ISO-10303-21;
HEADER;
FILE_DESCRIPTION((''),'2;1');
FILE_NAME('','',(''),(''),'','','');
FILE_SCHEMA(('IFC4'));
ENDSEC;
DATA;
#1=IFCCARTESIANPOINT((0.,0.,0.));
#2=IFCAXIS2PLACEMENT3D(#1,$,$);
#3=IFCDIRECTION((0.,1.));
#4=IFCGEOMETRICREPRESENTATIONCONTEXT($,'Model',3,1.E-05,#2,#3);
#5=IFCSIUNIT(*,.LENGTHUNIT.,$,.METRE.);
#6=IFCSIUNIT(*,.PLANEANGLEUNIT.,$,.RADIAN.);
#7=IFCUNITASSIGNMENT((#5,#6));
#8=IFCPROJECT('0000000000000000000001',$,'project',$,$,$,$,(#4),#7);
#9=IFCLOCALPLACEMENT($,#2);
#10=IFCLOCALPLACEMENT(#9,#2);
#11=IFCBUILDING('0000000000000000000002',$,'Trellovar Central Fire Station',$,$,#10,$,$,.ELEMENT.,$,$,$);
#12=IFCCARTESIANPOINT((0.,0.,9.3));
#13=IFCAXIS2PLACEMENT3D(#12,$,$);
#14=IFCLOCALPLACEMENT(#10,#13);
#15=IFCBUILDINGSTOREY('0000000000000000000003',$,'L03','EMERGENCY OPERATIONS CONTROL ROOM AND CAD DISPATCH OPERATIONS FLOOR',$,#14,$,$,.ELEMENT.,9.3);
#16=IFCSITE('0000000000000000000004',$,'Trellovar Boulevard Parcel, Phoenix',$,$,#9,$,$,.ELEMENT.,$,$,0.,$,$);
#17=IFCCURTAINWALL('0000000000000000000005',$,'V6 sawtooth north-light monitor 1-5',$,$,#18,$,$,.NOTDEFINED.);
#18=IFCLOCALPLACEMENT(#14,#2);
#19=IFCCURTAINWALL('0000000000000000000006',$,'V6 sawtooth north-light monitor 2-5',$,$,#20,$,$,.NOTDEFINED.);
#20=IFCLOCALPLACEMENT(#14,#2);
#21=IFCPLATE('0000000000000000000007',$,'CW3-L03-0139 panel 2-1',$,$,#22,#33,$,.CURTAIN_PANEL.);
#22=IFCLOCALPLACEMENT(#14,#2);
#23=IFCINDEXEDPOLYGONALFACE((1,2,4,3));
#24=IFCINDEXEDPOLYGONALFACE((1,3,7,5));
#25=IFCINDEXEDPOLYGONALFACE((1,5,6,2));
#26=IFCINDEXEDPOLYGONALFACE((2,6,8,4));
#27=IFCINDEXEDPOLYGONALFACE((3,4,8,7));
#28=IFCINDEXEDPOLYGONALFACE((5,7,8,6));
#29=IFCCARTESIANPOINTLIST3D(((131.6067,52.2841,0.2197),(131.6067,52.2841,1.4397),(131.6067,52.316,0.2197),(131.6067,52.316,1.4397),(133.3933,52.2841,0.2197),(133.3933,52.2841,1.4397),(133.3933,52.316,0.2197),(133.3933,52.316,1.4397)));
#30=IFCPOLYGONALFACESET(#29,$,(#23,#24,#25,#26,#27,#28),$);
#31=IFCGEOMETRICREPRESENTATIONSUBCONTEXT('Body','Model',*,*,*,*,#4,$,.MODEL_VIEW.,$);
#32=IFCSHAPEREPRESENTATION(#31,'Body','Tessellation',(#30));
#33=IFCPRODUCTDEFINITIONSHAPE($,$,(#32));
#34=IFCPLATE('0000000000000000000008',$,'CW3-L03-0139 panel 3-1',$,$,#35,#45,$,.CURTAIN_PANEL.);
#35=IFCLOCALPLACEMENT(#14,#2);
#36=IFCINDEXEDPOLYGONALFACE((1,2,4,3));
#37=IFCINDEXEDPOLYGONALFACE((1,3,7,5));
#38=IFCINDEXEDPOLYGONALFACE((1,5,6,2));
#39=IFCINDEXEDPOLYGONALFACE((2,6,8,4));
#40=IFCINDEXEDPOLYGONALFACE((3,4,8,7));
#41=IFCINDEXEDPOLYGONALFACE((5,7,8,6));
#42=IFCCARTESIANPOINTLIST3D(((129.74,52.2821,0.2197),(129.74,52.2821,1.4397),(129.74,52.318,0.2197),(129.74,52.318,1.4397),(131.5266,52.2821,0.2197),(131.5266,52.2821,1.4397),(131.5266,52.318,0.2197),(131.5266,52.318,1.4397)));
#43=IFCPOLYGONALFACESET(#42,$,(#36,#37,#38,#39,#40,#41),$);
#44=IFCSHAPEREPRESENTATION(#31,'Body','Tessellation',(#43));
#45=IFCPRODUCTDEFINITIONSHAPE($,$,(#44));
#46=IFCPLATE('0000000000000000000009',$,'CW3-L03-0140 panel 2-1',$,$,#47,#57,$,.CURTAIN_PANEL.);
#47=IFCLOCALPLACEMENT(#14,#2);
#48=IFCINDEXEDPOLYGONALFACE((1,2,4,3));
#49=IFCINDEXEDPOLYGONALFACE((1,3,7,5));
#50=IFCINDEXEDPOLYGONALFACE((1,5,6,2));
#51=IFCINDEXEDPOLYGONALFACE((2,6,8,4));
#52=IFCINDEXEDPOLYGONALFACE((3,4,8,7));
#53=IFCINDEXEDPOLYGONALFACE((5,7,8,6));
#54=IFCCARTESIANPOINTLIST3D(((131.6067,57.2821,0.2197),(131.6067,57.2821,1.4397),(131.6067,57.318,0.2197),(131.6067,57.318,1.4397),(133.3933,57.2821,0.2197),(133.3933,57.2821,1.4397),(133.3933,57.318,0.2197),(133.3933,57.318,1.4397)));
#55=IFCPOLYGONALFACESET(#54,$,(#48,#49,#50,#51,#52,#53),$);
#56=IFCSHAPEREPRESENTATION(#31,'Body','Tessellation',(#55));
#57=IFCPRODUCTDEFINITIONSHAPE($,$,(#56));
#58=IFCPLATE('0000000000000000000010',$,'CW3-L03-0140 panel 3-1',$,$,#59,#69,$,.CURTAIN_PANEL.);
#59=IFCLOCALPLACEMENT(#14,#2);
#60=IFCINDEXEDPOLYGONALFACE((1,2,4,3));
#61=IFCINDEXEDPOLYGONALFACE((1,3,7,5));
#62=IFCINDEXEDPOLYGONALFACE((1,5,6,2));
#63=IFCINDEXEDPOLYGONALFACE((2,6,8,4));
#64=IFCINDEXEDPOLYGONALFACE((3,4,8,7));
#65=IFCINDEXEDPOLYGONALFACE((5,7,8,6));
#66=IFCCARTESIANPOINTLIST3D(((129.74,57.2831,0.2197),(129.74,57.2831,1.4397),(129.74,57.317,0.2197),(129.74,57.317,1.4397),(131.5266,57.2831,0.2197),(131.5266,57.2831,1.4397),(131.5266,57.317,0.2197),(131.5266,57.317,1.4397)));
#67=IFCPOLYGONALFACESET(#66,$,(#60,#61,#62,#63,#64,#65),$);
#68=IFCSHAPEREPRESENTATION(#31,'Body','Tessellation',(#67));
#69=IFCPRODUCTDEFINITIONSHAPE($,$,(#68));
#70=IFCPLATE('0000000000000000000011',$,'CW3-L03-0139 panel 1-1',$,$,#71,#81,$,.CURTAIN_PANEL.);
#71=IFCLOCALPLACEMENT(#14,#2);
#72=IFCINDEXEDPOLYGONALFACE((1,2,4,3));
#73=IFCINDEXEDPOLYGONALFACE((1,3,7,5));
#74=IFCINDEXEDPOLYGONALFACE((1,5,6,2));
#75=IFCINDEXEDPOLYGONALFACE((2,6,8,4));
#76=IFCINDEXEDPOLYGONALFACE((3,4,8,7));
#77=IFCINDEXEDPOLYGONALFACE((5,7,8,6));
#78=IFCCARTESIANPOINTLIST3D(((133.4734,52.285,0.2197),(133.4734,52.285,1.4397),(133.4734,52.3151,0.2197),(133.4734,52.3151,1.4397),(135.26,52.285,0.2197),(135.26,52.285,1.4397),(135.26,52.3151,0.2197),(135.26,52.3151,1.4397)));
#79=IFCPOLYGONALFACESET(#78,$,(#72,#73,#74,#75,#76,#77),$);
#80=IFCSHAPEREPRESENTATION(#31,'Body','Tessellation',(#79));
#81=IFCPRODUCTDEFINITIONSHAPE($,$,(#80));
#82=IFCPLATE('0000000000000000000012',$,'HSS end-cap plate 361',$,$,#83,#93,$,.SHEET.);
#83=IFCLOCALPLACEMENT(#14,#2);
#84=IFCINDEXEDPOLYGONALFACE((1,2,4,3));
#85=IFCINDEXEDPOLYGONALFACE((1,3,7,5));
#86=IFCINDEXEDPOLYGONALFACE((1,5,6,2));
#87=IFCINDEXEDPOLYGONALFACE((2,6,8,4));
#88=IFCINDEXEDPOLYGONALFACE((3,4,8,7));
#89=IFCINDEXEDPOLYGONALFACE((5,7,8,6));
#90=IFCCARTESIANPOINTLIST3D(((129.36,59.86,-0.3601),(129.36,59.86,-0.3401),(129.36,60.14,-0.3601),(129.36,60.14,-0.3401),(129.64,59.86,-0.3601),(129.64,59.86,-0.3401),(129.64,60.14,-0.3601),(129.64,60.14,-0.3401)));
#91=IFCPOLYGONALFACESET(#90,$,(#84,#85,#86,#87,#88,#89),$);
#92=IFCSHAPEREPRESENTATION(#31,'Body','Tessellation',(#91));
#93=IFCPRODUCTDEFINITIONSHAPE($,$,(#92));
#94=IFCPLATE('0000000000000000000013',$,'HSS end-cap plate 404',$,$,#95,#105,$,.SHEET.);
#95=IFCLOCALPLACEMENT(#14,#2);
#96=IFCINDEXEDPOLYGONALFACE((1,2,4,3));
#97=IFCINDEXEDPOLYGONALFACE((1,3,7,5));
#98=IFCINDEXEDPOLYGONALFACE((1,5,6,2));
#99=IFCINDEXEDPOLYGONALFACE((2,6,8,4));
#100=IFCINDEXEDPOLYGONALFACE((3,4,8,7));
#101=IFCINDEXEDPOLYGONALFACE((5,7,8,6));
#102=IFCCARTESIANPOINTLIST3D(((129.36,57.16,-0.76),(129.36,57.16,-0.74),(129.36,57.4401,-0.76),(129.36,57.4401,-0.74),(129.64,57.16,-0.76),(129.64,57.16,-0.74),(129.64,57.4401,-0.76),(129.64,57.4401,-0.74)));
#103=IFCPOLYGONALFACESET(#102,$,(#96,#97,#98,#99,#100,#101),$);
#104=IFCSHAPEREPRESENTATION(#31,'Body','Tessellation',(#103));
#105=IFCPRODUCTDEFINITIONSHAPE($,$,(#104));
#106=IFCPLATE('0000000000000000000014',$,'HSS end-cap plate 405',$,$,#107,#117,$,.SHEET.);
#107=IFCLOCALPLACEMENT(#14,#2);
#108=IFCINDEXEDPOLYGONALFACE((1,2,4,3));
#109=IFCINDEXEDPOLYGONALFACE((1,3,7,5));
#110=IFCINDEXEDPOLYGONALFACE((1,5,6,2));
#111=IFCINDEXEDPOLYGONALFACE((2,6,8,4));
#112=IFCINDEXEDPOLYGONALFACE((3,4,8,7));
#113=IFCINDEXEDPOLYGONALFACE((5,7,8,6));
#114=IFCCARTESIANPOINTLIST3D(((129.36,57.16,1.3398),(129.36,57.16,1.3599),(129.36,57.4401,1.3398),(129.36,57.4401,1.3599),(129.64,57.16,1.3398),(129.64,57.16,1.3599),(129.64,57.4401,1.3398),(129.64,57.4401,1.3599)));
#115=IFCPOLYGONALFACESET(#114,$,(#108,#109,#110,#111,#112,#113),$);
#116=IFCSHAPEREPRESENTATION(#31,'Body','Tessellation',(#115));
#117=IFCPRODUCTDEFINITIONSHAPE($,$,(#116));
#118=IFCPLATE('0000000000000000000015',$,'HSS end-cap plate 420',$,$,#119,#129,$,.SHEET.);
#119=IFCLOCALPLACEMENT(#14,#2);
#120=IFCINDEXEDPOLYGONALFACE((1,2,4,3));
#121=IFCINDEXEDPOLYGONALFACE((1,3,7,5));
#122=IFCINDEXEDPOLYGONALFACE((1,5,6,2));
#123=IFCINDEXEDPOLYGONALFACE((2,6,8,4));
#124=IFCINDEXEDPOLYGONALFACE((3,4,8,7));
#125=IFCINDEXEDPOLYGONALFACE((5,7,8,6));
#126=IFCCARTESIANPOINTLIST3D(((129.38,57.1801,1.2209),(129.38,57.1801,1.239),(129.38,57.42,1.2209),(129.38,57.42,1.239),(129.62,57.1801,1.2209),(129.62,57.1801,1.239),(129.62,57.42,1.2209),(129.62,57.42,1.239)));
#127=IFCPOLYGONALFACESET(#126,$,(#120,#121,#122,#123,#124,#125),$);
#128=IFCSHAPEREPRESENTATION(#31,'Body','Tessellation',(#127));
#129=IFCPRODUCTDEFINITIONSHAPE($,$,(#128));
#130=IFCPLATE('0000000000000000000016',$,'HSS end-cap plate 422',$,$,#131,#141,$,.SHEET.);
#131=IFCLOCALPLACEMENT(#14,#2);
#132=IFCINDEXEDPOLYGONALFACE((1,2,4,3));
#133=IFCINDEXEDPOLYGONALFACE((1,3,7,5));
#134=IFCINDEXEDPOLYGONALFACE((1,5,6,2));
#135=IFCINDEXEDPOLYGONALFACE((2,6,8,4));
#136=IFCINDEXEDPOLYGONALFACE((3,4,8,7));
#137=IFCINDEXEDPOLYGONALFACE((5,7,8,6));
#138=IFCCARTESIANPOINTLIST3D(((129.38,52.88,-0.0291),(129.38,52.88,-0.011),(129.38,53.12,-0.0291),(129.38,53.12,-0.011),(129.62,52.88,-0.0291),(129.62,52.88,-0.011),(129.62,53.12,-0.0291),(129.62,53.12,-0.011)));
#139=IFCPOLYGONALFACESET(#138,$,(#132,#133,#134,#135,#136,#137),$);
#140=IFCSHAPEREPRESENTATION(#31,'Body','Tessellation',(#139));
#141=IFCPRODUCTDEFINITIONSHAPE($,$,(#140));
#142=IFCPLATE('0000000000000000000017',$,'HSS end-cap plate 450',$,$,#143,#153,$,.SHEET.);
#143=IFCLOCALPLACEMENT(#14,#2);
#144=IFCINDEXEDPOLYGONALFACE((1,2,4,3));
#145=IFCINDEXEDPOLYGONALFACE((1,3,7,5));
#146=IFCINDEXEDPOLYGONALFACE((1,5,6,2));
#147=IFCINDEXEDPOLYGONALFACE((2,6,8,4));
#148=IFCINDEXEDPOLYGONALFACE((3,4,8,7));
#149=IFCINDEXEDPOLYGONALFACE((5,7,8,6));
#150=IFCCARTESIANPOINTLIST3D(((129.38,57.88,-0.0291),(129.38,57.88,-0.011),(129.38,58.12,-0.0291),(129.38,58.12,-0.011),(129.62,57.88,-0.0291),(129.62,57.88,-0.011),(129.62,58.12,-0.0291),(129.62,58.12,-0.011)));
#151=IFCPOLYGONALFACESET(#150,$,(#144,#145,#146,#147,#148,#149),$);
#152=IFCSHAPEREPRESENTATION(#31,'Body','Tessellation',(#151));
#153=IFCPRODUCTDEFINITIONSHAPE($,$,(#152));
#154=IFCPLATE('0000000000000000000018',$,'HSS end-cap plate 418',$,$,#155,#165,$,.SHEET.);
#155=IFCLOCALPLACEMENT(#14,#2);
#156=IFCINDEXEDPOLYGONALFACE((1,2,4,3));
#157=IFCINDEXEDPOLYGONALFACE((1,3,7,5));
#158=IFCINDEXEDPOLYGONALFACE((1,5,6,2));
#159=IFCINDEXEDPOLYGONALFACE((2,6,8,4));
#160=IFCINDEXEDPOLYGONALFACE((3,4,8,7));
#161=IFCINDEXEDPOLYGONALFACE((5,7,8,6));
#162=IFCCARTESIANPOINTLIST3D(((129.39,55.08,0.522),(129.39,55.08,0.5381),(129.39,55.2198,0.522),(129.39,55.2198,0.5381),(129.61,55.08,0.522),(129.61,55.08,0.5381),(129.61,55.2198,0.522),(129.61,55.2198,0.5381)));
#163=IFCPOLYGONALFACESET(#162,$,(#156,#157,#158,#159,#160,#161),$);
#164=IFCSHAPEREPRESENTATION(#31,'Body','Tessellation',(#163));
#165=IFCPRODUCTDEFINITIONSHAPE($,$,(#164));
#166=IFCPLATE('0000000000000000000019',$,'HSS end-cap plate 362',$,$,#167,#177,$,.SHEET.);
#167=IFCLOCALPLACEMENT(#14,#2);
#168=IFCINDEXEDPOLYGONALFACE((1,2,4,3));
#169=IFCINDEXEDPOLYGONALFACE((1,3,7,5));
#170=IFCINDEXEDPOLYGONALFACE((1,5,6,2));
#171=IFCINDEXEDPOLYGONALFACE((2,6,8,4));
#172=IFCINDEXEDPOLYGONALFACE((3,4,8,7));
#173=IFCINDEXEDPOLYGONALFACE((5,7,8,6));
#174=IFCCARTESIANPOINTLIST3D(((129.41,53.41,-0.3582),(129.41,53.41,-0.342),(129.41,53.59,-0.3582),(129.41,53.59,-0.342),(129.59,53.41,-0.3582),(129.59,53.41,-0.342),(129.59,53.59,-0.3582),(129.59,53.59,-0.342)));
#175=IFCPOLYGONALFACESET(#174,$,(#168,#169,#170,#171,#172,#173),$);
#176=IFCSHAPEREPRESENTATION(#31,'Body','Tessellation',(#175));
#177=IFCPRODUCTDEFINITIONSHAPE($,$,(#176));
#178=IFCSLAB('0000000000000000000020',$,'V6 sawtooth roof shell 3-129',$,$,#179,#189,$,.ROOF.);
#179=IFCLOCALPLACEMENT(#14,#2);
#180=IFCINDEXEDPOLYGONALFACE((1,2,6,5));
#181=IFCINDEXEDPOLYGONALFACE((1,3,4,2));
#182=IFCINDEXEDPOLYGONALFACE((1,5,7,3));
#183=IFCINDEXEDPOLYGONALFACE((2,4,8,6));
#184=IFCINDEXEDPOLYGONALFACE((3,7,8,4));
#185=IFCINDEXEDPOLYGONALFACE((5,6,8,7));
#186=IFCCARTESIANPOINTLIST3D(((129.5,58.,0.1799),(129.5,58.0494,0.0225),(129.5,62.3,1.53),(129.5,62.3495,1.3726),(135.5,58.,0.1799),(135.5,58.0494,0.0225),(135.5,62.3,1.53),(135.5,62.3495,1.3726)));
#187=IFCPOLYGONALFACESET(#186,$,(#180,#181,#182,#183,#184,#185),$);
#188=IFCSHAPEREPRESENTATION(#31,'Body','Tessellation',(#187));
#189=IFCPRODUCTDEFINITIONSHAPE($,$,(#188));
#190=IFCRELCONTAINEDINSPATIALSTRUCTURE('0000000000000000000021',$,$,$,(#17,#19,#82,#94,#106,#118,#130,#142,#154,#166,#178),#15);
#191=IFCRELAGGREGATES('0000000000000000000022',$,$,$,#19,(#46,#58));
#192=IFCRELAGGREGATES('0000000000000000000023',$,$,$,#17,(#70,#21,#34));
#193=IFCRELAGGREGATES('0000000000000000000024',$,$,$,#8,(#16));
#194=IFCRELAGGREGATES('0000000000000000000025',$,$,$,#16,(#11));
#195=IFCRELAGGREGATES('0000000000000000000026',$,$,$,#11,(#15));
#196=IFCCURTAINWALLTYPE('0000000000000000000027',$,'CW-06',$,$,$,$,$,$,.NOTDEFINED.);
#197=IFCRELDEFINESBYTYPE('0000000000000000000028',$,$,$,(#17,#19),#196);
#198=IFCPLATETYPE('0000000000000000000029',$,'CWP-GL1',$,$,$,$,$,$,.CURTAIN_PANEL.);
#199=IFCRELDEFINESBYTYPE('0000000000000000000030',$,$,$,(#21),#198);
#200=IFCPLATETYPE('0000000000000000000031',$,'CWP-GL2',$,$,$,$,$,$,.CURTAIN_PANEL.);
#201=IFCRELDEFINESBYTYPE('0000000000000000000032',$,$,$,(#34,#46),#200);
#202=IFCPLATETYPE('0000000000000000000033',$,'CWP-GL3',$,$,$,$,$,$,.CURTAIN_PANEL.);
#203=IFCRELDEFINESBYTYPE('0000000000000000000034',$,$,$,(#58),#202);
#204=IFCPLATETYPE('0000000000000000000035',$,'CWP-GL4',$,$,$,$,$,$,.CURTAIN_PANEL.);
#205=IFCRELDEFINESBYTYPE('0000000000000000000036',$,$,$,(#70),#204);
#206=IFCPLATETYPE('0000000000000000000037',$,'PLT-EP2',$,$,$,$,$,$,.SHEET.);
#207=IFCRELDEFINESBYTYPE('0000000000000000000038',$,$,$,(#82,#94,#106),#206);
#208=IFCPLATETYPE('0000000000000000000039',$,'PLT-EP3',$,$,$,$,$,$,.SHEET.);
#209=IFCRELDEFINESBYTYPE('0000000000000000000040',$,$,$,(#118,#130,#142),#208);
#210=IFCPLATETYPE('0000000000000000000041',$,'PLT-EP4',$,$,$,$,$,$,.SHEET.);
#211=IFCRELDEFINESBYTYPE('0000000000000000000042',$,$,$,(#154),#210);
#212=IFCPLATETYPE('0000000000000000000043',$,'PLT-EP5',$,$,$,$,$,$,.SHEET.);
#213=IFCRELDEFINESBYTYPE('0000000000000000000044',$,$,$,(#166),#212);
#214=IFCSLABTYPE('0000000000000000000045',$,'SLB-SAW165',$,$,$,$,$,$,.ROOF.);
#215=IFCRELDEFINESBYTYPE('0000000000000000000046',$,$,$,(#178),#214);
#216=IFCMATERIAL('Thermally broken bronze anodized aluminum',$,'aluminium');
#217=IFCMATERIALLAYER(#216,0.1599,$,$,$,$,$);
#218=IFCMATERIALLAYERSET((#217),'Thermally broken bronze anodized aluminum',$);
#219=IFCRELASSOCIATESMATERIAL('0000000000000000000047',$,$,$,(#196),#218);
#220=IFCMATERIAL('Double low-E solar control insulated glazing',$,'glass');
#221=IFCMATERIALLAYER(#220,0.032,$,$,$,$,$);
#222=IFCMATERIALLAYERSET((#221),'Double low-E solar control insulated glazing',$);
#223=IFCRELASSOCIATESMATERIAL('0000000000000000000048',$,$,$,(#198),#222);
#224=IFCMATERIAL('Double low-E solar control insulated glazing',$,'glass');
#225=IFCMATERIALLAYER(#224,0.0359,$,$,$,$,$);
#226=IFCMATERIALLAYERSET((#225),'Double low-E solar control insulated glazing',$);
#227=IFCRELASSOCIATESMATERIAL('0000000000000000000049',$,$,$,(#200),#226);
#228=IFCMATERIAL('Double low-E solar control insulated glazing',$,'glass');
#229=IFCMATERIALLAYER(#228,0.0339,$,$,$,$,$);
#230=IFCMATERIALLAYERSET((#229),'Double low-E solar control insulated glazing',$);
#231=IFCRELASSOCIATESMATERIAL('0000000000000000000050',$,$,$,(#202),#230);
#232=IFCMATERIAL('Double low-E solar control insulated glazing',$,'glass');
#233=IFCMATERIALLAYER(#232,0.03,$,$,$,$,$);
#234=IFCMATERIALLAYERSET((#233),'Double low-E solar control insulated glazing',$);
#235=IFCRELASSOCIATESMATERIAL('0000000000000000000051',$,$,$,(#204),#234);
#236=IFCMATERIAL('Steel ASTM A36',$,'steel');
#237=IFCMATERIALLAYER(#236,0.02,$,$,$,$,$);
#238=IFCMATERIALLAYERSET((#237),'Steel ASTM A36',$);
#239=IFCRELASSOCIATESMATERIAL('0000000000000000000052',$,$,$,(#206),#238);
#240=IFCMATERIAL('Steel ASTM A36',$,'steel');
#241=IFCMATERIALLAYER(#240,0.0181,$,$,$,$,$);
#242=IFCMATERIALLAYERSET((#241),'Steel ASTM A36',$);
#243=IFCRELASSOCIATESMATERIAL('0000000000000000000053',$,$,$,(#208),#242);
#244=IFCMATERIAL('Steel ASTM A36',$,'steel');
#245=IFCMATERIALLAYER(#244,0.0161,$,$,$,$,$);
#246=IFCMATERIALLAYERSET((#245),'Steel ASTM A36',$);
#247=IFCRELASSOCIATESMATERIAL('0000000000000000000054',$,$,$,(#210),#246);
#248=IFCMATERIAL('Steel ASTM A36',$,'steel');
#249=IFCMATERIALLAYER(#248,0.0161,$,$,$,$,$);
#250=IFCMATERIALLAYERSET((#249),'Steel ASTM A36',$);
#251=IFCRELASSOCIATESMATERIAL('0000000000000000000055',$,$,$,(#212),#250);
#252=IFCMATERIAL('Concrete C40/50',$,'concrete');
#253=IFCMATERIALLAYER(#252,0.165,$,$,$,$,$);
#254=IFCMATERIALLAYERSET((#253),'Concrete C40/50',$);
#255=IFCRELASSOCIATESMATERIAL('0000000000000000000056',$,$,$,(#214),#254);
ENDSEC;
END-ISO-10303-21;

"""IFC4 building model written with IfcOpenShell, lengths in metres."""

from ifc_helpers import new_model, si_unit, direction, frame, origin, origin_2d, place, context, subcontext, project, spatial, polyline, rectangle, outline, extrude, material, layer, layer_set, type_object, element, aggregate, save


model = new_model("IFC4")

# Units and contexts
model_context = context("Model", 3, precision=1e-05, world=origin(), true_north=direction((0.0, 1.0)))
body_context = subcontext(model_context, "Body", "Model", "MODEL_VIEW")
ifc_project = project(units=[si_unit("LENGTHUNIT", "METRE"), si_unit("PLANEANGLEUNIT", "RADIAN")], contexts=[model_context])

# Site, building, storey
site_placement = place(None, origin())
site = spatial("IfcSite", under=ifc_project, at=site_placement, Name="Trellovar Boulevard Parcel, Phoenix", CompositionType="ELEMENT", RefElevation=0.0)
building_placement = place(site_placement, origin())
building = spatial("IfcBuilding", under=site, at=building_placement, Name="Trellovar Central Fire Station", CompositionType="ELEMENT")
storey_placement = place(building_placement, frame((0.0, 0.0, 9.3)))
storey = spatial("IfcBuildingStorey", under=building, at=storey_placement, Name="L03", Description="EMERGENCY OPERATIONS CONTROL ROOM AND CAD DISPATCH OPERATIONS FLOOR", CompositionType="ELEMENT", Elevation=9.3)

# Curtain walls
ifc_material_1 = material(Name="Thermally broken bronze anodized aluminum", Category="aluminium")
ifc_layer_1 = layer(ifc_material_1, 0.1599)
ifc_layer_set_1 = layer_set([ifc_layer_1], Name="Thermally broken bronze anodized aluminum")
curtain_wall_type = type_object("IfcCurtainWallType", Name="CW-06", PredefinedType="NOTDEFINED", material=ifc_layer_set_1)
curtain_wall_1_placement = place(storey_placement, origin())
curtain_wall_1 = element("IfcCurtainWall", 1, at=curtain_wall_1_placement, inside=storey, type_object=curtain_wall_type, Name="V6 sawtooth north-light monitor 1-5", PredefinedType="NOTDEFINED")
curtain_wall_2_placement = place(storey_placement, origin())
curtain_wall_2 = element("IfcCurtainWall", 2, at=curtain_wall_2_placement, inside=storey, type_object=curtain_wall_type, Name="V6 sawtooth north-light monitor 2-5", PredefinedType="NOTDEFINED")

# Plates
ifc_material_2 = material(Name="Double low-E solar control insulated glazing", Category="glass")
ifc_layer_2 = layer(ifc_material_2, 0.032)
ifc_layer_set_2 = layer_set([ifc_layer_2], Name="Double low-E solar control insulated glazing")
plate_type_1 = type_object("IfcPlateType", Name="CWP-GL1", PredefinedType="CURTAIN_PANEL", material=ifc_layer_set_2)
plate_1_placement = place(storey_placement, frame((132.5, 52.3, 0.2197), z_axis=(0.0, 0.0, 1.0), x_axis=(-1.0, 0.0, 0.0)))
plate_1 = element("IfcPlate", 3, at=plate_1_placement, type_object=plate_type_1, Name="CW3-L03-0139 panel 2-1", PredefinedType="CURTAIN_PANEL", context=body_context, shape_type="SweptSolid", body=[
    extrude(rectangle(XDim=1.7866, YDim=0.032, at=origin_2d()), origin(), (0.0, 0.0, 1.0), 1.22),
])
ifc_material_3 = material(Name="Double low-E solar control insulated glazing", Category="glass")
ifc_layer_3 = layer(ifc_material_3, 0.0359)
ifc_layer_set_3 = layer_set([ifc_layer_3], Name="Double low-E solar control insulated glazing")
plate_type_2 = type_object("IfcPlateType", Name="CWP-GL2", PredefinedType="CURTAIN_PANEL", material=ifc_layer_set_3)
plate_2_placement = place(storey_placement, frame((130.6333, 52.3, 0.2197), z_axis=(0.0, 0.0, 1.0), x_axis=(-1.0, 0.0, 0.0)))
plate_2 = element("IfcPlate", 4, at=plate_2_placement, type_object=plate_type_2, Name="CW3-L03-0139 panel 3-1", PredefinedType="CURTAIN_PANEL", context=body_context, shape_type="SweptSolid", body=[
    extrude(rectangle(XDim=1.7866, YDim=0.0359, at=origin_2d()), origin(), (0.0, 0.0, 1.0), 1.22),
])
plate_3_placement = place(storey_placement, frame((132.5, 57.3, 0.2197), z_axis=(0.0, 0.0, 1.0), x_axis=(-1.0, 0.0, 0.0)))
plate_3 = element("IfcPlate", 5, at=plate_3_placement, type_object=plate_type_2, Name="CW3-L03-0140 panel 2-1", PredefinedType="CURTAIN_PANEL", context=body_context, shape_type="SweptSolid", body=[
    extrude(rectangle(XDim=1.7866, YDim=0.0359, at=origin_2d()), origin(), (0.0, 0.0, 1.0), 1.22),
])
ifc_material_4 = material(Name="Double low-E solar control insulated glazing", Category="glass")
ifc_layer_4 = layer(ifc_material_4, 0.0339)
ifc_layer_set_4 = layer_set([ifc_layer_4], Name="Double low-E solar control insulated glazing")
plate_type_3 = type_object("IfcPlateType", Name="CWP-GL3", PredefinedType="CURTAIN_PANEL", material=ifc_layer_set_4)
plate_4_placement = place(storey_placement, frame((130.6333, 57.3, 0.2197), z_axis=(0.0, 0.0, 1.0), x_axis=(-1.0, 0.0, 0.0)))
plate_4 = element("IfcPlate", 6, at=plate_4_placement, type_object=plate_type_3, Name="CW3-L03-0140 panel 3-1", PredefinedType="CURTAIN_PANEL", context=body_context, shape_type="SweptSolid", body=[
    extrude(rectangle(XDim=1.7866, YDim=0.0339, at=origin_2d()), origin(), (0.0, 0.0, 1.0), 1.22),
])
aggregate(curtain_wall_2, [plate_3, plate_4])
ifc_material_5 = material(Name="Double low-E solar control insulated glazing", Category="glass")
ifc_layer_5 = layer(ifc_material_5, 0.03)
ifc_layer_set_5 = layer_set([ifc_layer_5], Name="Double low-E solar control insulated glazing")
plate_type_4 = type_object("IfcPlateType", Name="CWP-GL4", PredefinedType="CURTAIN_PANEL", material=ifc_layer_set_5)
plate_5_placement = place(storey_placement, frame((134.3667, 52.3, 0.2197), z_axis=(0.0, 0.0, 1.0), x_axis=(-1.0, 0.0, 0.0)))
plate_5 = element("IfcPlate", 7, at=plate_5_placement, type_object=plate_type_4, Name="CW3-L03-0139 panel 1-1", PredefinedType="CURTAIN_PANEL", context=body_context, shape_type="SweptSolid", body=[
    extrude(rectangle(XDim=1.7866, YDim=0.03, at=origin_2d()), origin(), (0.0, 0.0, 1.0), 1.22),
])
aggregate(curtain_wall_1, [plate_5, plate_1, plate_2])

# Plates
ifc_material_6 = material(Name="Steel ASTM A36", Category="steel")
ifc_layer_6 = layer(ifc_material_6, 0.02)
ifc_layer_set_6 = layer_set([ifc_layer_6], Name="Steel ASTM A36")
plate_type_5 = type_object("IfcPlateType", Name="PLT-EP2", PredefinedType="SHEET", material=ifc_layer_set_6)
for number, where, z_axis, x_axis, name in (
    (8, (129.5, 60.0, -0.3601), (0.0, 0.0, 1.0), (1.0, 0.0, 0.0), "HSS end-cap plate 361"),
    (9, (129.5, 57.3, -0.76), (0.0, 0.0, 1.0), (1.0, 0.0, 0.0), "HSS end-cap plate 404"),
    (10, (129.5, 57.3, 1.3398), (0.0, 0.0, 1.0), (1.0, 0.0, 0.0), "HSS end-cap plate 405"),
):
    element("IfcPlate", number, at=place(storey_placement, frame(where, z_axis=z_axis, x_axis=x_axis)), inside=storey, type_object=plate_type_5, Name=name, PredefinedType="SHEET", context=body_context, shape_type="SweptSolid", body=[
        extrude(rectangle(XDim=0.28, YDim=0.28, at=origin_2d()), origin(), (0.0, 0.0, 1.0), 0.02),
    ])
ifc_material_7 = material(Name="Steel ASTM A36", Category="steel")
ifc_layer_7 = layer(ifc_material_7, 0.0181)
ifc_layer_set_7 = layer_set([ifc_layer_7], Name="Steel ASTM A36")
plate_type_6 = type_object("IfcPlateType", Name="PLT-EP3", PredefinedType="SHEET", material=ifc_layer_set_7)
for number, where, z_axis, x_axis, name in (
    (11, (129.5, 57.3, 1.2209), (0.0, 0.0, 1.0), (1.0, 0.0, 0.0), "HSS end-cap plate 420"),
    (12, (129.5, 53.0, -0.0291), (0.0, 0.0, 1.0), (1.0, 0.0, 0.0), "HSS end-cap plate 422"),
    (13, (129.5, 58.0, -0.0291), (0.0, 0.0, 1.0), (1.0, 0.0, 0.0), "HSS end-cap plate 450"),
):
    element("IfcPlate", number, at=place(storey_placement, frame(where, z_axis=z_axis, x_axis=x_axis)), inside=storey, type_object=plate_type_6, Name=name, PredefinedType="SHEET", context=body_context, shape_type="SweptSolid", body=[
        extrude(rectangle(XDim=0.24, YDim=0.24, at=origin_2d()), origin(), (0.0, 0.0, 1.0), 0.0181),
    ])
ifc_material_8 = material(Name="Steel ASTM A36", Category="steel")
ifc_layer_8 = layer(ifc_material_8, 0.0161)
ifc_layer_set_8 = layer_set([ifc_layer_8], Name="Steel ASTM A36")
plate_type_7 = type_object("IfcPlateType", Name="PLT-EP4", PredefinedType="SHEET", material=ifc_layer_set_8)
plate_6_placement = place(storey_placement, frame((129.5, 55.1499, 0.522), z_axis=(0.0, 0.0, 1.0), x_axis=(1.0, 0.0, 0.0)))
element("IfcPlate", 14, at=plate_6_placement, inside=storey, type_object=plate_type_7, Name="HSS end-cap plate 418", PredefinedType="SHEET", context=body_context, shape_type="SweptSolid", body=[
    extrude(rectangle(XDim=0.22, YDim=0.1399, at=origin_2d()), origin(), (0.0, 0.0, 1.0), 0.0161),
])
ifc_material_9 = material(Name="Steel ASTM A36", Category="steel")
ifc_layer_9 = layer(ifc_material_9, 0.0161)
ifc_layer_set_9 = layer_set([ifc_layer_9], Name="Steel ASTM A36")
plate_type_8 = type_object("IfcPlateType", Name="PLT-EP5", PredefinedType="SHEET", material=ifc_layer_set_9)
plate_7_placement = place(storey_placement, frame((129.5, 53.5, -0.3582), z_axis=(0.0, 0.0, 1.0), x_axis=(1.0, 0.0, 0.0)))
element("IfcPlate", 15, at=plate_7_placement, inside=storey, type_object=plate_type_8, Name="HSS end-cap plate 362", PredefinedType="SHEET", context=body_context, shape_type="SweptSolid", body=[
    extrude(rectangle(XDim=0.1799, YDim=0.1799, at=origin_2d()), origin(), (0.0, 0.0, 1.0), 0.0161),
])

# Slab
ifc_material_10 = material(Name="Concrete C40/50", Category="concrete")
ifc_layer_10 = layer(ifc_material_10, 0.165)
ifc_layer_set_10 = layer_set([ifc_layer_10], Name="Concrete C40/50")
slab_type = type_object("IfcSlabType", Name="SLB-SAW165", PredefinedType="ROOF", material=ifc_layer_set_10)
slab_placement = place(storey_placement, frame((129.5, 58.0, 0.1799), z_axis=(0.0, -0.299555, 0.954079), x_axis=(1.0, 0.0, 0.0)))
element("IfcSlab", 16, at=slab_placement, inside=storey, type_object=slab_type, Name="V6 sawtooth roof shell 3-129", PredefinedType="ROOF", context=body_context, shape_type="SweptSolid", body=[
    extrude(outline(polyline([(0.0, 0.0), (6.0, 0.0), (6.0, 4.507), (0.0, 4.507), (0.0, 0.0)])), origin(), (0.0, 0.0, -1.0), 0.165),
])

save(model, "model.ifc")
